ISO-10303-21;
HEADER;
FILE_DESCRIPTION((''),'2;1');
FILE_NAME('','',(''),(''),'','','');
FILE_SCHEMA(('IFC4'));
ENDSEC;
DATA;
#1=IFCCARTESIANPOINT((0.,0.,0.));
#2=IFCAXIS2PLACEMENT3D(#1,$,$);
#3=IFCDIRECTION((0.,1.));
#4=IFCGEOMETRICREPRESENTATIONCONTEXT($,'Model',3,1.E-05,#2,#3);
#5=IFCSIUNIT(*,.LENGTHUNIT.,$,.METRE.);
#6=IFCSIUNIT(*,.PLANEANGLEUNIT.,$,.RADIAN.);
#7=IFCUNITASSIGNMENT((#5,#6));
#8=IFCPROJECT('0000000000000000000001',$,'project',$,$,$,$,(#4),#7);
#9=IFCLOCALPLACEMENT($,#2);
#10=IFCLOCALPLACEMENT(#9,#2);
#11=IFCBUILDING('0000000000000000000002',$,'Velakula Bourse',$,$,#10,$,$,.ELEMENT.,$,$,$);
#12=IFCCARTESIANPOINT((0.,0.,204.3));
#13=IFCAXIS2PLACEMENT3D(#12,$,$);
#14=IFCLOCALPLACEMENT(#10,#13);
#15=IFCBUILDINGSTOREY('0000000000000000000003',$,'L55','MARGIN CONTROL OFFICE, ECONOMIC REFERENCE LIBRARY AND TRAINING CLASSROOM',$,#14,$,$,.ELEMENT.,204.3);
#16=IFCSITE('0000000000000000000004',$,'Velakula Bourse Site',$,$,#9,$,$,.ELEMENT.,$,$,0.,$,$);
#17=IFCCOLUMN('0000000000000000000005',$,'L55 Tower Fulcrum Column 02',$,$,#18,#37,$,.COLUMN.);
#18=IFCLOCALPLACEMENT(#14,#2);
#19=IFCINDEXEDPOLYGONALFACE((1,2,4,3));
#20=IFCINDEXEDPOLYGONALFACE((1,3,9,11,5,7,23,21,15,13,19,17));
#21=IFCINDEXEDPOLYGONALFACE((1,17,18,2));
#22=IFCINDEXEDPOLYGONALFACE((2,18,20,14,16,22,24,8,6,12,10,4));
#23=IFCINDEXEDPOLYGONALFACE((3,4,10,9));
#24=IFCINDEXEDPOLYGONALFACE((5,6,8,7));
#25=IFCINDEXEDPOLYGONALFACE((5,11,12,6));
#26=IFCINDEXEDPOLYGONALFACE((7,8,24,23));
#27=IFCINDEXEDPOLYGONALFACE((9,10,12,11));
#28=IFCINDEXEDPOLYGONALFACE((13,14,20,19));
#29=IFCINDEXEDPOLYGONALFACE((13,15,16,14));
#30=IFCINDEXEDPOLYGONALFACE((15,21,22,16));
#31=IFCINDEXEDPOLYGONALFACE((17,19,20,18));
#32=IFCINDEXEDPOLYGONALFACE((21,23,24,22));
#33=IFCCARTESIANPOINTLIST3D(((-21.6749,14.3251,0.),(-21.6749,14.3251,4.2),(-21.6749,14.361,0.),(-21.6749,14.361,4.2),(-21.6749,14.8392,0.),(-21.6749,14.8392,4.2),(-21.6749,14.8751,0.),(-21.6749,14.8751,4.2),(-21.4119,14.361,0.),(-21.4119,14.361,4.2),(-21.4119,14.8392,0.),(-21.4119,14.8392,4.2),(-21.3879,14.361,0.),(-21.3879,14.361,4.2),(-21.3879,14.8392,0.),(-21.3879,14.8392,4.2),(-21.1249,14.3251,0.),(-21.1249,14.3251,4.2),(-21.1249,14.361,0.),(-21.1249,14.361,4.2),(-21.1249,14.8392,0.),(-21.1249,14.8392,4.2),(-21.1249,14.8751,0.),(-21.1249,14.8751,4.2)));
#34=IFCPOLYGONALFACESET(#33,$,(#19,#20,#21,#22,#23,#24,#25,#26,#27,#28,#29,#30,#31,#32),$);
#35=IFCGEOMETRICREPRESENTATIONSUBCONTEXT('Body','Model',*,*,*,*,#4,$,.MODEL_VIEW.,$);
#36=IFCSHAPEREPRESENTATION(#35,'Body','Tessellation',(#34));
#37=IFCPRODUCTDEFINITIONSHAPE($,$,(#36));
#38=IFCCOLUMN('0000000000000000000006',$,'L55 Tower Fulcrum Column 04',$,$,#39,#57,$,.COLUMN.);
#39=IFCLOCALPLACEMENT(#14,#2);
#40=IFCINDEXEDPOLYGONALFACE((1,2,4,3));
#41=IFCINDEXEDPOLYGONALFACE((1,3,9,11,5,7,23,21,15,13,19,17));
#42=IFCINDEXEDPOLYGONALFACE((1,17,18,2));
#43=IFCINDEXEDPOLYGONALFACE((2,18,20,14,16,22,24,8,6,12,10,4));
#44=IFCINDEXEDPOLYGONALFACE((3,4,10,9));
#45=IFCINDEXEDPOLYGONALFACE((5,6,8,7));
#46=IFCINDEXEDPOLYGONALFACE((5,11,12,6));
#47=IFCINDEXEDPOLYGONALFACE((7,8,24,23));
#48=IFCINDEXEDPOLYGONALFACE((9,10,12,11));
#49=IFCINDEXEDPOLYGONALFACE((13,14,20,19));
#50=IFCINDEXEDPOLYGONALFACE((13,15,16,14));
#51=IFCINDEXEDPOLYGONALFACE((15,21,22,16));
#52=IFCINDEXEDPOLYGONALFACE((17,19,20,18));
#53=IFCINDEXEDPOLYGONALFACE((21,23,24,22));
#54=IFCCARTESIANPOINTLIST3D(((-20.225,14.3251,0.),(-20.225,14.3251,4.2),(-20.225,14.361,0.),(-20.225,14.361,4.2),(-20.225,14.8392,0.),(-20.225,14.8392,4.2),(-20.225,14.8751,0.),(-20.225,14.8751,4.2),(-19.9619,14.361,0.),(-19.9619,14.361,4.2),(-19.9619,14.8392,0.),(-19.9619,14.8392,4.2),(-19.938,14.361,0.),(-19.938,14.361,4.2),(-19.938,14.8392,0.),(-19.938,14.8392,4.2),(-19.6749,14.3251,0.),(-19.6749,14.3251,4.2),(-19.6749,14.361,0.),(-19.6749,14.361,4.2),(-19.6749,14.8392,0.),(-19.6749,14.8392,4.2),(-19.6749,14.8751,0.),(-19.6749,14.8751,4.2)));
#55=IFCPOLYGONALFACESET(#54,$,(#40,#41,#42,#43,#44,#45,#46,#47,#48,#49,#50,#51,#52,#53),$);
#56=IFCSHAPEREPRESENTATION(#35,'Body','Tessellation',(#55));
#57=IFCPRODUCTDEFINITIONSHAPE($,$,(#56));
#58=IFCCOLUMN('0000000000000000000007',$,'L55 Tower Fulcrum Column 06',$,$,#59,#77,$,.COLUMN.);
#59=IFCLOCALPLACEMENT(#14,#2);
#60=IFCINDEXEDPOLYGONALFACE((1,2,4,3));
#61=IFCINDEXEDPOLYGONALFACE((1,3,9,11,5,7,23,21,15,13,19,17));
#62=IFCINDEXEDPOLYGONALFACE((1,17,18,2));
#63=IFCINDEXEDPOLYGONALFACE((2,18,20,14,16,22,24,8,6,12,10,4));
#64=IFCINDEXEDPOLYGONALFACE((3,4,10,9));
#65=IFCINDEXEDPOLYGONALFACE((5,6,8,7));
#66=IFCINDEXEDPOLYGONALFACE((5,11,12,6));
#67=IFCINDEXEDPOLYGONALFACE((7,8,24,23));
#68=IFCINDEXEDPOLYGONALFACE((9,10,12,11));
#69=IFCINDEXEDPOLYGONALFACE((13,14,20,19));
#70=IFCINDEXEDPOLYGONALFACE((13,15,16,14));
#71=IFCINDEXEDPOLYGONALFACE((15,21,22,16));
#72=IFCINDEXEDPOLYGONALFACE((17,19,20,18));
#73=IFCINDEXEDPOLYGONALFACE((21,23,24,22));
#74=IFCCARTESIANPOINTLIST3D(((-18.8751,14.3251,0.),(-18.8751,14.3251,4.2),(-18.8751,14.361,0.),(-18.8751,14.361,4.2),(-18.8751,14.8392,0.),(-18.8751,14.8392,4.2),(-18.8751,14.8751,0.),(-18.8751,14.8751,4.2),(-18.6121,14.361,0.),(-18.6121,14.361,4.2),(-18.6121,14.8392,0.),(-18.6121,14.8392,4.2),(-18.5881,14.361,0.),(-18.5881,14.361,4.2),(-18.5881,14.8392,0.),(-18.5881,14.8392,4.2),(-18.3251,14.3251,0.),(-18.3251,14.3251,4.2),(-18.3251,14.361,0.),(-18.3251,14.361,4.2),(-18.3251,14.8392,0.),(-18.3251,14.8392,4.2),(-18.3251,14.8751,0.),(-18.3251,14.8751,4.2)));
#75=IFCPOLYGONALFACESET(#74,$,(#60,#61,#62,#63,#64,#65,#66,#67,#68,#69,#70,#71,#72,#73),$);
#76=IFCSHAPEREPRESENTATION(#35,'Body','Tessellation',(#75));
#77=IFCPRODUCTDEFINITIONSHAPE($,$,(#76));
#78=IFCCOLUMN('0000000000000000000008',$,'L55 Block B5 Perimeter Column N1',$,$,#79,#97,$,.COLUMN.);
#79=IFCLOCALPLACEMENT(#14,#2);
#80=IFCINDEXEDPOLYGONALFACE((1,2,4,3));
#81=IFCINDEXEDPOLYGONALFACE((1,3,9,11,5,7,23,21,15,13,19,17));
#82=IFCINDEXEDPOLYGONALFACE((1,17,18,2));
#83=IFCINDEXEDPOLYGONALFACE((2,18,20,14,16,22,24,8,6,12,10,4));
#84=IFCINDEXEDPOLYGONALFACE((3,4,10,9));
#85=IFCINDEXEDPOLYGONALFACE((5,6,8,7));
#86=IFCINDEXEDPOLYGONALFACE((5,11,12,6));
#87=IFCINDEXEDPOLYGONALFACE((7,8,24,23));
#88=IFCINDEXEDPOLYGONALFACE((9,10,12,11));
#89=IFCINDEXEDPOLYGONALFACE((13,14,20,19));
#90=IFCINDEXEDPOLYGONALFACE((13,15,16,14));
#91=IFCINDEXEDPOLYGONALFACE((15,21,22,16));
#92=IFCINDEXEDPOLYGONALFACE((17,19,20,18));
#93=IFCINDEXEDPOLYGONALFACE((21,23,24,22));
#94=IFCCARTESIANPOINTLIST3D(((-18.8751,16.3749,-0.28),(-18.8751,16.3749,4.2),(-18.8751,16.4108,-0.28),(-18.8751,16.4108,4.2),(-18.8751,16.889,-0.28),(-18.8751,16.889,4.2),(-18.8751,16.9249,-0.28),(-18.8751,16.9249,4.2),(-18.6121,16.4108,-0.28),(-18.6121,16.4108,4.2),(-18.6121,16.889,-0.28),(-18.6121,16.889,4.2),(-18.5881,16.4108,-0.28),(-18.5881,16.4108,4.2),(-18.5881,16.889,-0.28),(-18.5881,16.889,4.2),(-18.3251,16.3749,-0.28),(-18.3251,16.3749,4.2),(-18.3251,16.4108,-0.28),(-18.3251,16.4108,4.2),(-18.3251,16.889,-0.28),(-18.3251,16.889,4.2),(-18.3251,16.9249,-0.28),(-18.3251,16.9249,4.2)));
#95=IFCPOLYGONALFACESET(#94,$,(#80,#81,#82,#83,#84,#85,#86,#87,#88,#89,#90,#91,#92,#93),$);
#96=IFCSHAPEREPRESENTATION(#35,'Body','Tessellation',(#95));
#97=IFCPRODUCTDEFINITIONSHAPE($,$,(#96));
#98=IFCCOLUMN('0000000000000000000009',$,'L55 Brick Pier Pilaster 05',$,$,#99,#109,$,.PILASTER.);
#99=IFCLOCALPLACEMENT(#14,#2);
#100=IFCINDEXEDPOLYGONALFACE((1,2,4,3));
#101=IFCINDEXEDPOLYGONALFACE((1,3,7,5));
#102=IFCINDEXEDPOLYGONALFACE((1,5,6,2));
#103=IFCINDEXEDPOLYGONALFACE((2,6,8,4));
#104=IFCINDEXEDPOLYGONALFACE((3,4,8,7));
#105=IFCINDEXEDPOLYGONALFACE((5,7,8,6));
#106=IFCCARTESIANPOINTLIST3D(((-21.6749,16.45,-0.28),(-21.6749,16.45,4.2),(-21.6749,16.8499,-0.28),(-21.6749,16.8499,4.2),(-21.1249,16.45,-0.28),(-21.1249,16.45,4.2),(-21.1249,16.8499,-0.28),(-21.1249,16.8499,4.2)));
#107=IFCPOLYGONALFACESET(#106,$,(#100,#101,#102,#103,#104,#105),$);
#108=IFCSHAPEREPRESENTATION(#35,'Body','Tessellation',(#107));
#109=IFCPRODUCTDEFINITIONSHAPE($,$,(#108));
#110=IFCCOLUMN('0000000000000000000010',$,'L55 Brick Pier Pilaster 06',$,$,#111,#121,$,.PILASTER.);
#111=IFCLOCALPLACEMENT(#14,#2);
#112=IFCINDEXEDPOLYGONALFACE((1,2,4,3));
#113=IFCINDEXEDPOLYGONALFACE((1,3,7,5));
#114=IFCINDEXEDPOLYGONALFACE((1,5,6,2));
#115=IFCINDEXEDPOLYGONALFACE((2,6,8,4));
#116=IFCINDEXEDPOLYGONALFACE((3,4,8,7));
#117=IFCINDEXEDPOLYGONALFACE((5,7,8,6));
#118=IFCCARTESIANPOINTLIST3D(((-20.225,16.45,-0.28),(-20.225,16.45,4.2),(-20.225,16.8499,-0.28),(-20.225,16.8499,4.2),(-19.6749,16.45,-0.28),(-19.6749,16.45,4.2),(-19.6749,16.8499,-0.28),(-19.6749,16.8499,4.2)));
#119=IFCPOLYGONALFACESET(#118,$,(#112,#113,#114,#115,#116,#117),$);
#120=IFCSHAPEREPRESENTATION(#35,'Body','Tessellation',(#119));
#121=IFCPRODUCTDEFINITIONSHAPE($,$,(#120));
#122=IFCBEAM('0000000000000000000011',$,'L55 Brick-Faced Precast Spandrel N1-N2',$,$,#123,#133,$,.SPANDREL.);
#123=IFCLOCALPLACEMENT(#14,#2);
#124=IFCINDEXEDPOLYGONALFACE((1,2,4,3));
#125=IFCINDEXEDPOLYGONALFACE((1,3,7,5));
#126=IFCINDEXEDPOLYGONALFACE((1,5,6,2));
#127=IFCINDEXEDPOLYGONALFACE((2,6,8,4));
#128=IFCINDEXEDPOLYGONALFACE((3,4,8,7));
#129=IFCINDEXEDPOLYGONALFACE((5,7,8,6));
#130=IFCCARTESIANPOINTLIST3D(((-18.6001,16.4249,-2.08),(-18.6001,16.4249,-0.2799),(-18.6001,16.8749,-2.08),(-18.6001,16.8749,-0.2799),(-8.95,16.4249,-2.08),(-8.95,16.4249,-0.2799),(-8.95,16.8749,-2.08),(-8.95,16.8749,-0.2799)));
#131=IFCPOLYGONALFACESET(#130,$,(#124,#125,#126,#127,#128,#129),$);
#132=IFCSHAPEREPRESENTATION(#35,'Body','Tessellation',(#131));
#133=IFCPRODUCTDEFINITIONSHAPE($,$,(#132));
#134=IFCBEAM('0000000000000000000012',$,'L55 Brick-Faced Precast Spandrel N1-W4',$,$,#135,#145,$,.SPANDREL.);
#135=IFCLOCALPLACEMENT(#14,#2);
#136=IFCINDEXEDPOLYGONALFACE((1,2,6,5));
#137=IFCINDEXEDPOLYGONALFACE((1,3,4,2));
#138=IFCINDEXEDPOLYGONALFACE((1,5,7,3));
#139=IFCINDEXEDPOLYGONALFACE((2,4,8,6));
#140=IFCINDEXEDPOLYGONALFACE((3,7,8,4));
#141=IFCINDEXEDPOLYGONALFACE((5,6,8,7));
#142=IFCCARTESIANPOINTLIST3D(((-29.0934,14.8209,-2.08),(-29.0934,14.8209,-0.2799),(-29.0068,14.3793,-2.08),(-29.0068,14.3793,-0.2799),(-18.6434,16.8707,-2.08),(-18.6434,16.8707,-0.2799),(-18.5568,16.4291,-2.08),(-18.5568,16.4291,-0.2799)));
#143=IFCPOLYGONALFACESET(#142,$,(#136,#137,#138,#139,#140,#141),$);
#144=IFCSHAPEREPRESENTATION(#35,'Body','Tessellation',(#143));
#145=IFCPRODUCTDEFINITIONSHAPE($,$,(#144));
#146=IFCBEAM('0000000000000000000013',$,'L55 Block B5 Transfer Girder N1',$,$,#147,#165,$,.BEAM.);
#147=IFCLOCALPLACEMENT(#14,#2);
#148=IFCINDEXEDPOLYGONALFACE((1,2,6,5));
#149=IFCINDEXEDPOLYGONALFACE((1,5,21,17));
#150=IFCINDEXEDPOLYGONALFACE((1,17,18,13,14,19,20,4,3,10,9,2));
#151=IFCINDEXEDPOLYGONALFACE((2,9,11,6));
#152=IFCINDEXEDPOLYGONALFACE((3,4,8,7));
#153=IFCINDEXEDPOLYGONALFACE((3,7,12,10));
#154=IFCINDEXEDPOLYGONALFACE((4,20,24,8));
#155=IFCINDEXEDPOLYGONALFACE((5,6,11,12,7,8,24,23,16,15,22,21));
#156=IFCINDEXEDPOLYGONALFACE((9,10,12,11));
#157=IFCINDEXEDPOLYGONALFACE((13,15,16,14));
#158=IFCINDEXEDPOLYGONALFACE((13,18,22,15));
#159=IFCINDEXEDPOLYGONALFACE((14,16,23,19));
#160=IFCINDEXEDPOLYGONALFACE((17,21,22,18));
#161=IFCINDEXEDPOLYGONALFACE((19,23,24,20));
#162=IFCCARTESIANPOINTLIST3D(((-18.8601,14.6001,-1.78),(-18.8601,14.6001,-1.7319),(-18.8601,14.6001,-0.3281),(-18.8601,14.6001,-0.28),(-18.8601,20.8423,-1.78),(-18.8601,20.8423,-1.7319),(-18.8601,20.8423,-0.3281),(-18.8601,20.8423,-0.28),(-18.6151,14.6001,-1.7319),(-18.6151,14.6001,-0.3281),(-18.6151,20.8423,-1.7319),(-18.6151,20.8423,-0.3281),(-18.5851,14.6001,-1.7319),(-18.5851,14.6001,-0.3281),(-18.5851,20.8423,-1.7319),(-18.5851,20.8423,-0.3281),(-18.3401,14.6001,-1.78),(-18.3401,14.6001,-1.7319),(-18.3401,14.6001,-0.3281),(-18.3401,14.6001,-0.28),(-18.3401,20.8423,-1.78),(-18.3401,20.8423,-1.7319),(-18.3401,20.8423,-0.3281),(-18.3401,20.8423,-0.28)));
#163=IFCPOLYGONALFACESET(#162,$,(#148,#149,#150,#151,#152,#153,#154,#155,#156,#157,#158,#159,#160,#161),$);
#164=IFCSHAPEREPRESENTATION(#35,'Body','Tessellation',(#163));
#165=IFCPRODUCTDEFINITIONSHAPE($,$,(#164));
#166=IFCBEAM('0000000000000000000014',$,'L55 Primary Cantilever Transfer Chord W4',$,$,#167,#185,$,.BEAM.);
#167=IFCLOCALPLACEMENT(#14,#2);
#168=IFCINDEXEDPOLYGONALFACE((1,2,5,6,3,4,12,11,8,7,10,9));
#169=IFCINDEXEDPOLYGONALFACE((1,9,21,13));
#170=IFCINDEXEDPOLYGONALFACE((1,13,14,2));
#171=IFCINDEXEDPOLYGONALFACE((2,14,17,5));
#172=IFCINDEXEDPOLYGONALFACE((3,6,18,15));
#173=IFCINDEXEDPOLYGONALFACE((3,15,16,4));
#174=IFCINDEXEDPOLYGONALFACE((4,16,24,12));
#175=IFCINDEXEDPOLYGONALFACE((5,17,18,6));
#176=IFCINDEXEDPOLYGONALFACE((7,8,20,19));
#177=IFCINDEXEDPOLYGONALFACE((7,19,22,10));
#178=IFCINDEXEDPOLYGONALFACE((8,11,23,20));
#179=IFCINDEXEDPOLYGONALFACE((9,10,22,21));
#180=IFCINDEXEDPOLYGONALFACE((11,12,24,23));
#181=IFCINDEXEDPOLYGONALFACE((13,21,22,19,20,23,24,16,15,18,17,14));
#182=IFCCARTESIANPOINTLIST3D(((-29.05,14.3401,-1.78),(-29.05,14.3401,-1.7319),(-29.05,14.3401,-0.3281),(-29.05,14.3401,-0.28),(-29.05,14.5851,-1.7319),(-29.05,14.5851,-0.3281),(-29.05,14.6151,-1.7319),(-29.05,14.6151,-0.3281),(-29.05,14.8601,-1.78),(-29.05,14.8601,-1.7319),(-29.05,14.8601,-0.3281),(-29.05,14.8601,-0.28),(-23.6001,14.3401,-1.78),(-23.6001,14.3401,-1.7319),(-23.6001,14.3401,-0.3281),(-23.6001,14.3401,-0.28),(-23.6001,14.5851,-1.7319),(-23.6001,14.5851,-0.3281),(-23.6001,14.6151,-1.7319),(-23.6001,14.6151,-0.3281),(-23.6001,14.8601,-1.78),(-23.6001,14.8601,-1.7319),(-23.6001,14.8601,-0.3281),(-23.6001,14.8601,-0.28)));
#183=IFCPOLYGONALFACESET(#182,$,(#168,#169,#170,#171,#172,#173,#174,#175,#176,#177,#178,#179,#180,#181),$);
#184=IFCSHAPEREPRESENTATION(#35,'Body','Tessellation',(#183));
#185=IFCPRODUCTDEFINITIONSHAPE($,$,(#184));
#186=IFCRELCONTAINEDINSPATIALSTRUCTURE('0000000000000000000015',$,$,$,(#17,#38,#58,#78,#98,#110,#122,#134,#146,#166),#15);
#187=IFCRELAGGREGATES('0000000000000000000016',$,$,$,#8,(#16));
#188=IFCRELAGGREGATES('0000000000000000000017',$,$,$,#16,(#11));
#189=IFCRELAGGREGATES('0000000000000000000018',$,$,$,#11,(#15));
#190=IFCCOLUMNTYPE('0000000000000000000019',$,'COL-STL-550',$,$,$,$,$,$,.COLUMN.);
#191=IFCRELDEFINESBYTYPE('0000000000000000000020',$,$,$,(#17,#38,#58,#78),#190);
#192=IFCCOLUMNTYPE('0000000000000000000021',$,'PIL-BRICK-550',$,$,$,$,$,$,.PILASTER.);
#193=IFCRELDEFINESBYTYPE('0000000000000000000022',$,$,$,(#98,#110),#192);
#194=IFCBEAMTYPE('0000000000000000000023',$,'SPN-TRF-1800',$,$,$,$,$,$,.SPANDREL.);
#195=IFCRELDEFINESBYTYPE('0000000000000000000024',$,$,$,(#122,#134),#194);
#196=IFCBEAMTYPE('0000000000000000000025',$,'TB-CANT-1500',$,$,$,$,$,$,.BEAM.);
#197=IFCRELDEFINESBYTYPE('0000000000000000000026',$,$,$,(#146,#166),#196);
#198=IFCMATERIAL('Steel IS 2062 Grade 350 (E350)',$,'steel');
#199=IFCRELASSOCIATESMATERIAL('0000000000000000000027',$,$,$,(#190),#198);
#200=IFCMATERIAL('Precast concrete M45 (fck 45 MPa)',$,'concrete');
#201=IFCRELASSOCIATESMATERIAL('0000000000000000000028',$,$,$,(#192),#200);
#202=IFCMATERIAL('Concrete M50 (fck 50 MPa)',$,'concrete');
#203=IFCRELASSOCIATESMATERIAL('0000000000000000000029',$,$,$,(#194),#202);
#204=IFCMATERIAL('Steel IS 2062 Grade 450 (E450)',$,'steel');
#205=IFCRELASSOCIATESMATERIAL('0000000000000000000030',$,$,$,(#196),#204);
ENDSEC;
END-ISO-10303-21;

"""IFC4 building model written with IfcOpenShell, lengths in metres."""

from ifc_helpers import new_model, si_unit, direction, frame, origin, origin_2d, place, context, subcontext, project, spatial, rectangle, i_section, extrude, material, material_profile, profile_set, type_object, element, save


model = new_model("IFC4")

# Units and contexts
model_context = context("Model", 3, precision=1e-05, world=origin(), true_north=direction((0.0, 1.0)))
body_context = subcontext(model_context, "Body", "Model", "MODEL_VIEW")
ifc_project = project(units=[si_unit("LENGTHUNIT", "METRE"), si_unit("PLANEANGLEUNIT", "RADIAN")], contexts=[model_context])

# Site, building, storey
site_placement = place(None, origin())
site = spatial("IfcSite", under=ifc_project, at=site_placement, Name="Velakula Bourse Site", CompositionType="ELEMENT", RefElevation=0.0)
building_placement = place(site_placement, origin())
building = spatial("IfcBuilding", under=site, at=building_placement, Name="Velakula Bourse", CompositionType="ELEMENT")
storey_placement = place(building_placement, frame((0.0, 0.0, 204.3)))
storey = spatial("IfcBuildingStorey", under=building, at=storey_placement, Name="L55", Description="MARGIN CONTROL OFFICE, ECONOMIC REFERENCE LIBRARY AND TRAINING CLASSROOM", CompositionType="ELEMENT", Elevation=204.3)

# Columns
ifc_material_1 = material(Name="Steel IS 2062 Grade 350 (E350)", Category="steel")
ifc_material_profile_1 = material_profile(ifc_material_1, i_section(OverallWidth=0.55, OverallDepth=0.55, WebThickness=0.0239, FlangeThickness=0.0359, at=origin_2d()), Name="Steel IS 2062 Grade 350 (E350)")
ifc_profile_set_1 = profile_set([ifc_material_profile_1], Name="Steel IS 2062 Grade 350 (E350)")
column_type_1 = type_object("IfcColumnType", Name="COL-STL-550", PredefinedType="COLUMN", material=ifc_profile_set_1)
for number, where, z_axis, x_axis, name in (
    (1, (-21.3999, 14.6001, 0.0), (0.0, 0.0, 1.0), (1.0, 0.0, 0.0), "L55 Tower Fulcrum Column 02"),
    (2, (-19.95, 14.6001, 0.0), (0.0, 0.0, 1.0), (1.0, 0.0, 0.0), "L55 Tower Fulcrum Column 04"),
    (3, (-18.6001, 14.6001, 0.0), (0.0, 0.0, 1.0), (1.0, 0.0, 0.0), "L55 Tower Fulcrum Column 06"),
):
    element("IfcColumn", number, at=place(storey_placement, frame(where, z_axis=z_axis, x_axis=x_axis)), inside=storey, type_object=column_type_1, Name=name, PredefinedType="COLUMN", context=body_context, shape_type="SweptSolid", body=[
        extrude(i_section(OverallWidth=0.55, OverallDepth=0.55, WebThickness=0.0239, FlangeThickness=0.0359, at=origin_2d()), origin(), (0.0, 0.0, 1.0), 4.2),
    ])
column_placement = place(storey_placement, frame((-18.6001, 16.6499, -0.28), z_axis=(0.0, 0.0, 1.0), x_axis=(1.0, 0.0, 0.0)))
element("IfcColumn", 4, at=column_placement, inside=storey, type_object=column_type_1, Name="L55 Block B5 Perimeter Column N1", PredefinedType="COLUMN", context=body_context, shape_type="SweptSolid", body=[
    extrude(i_section(OverallWidth=0.55, OverallDepth=0.55, WebThickness=0.0239, FlangeThickness=0.0359, at=origin_2d()), origin(), (0.0, 0.0, 1.0), 4.48),
])
ifc_material_2 = material(Name="Precast concrete M45 (fck 45 MPa)", Category="concrete")
ifc_material_profile_2 = material_profile(ifc_material_2, rectangle(XDim=0.55, YDim=0.3999, at=origin_2d()), Name="Precast concrete M45 (fck 45 MPa)")
ifc_profile_set_2 = profile_set([ifc_material_profile_2], Name="Precast concrete M45 (fck 45 MPa)")
column_type_2 = type_object("IfcColumnType", Name="PIL-BRICK-550", PredefinedType="PILASTER", material=ifc_profile_set_2)
for number, where, z_axis, x_axis, name in (
    (5, (-21.3999, 16.6499, -0.28), (0.0, 0.0, 1.0), (1.0, 0.0, 0.0), "L55 Brick Pier Pilaster 05"),
    (6, (-19.95, 16.6499, -0.28), (0.0, 0.0, 1.0), (1.0, 0.0, 0.0), "L55 Brick Pier Pilaster 06"),
):
    element("IfcColumn", number, at=place(storey_placement, frame(where, z_axis=z_axis, x_axis=x_axis)), inside=storey, type_object=column_type_2, Name=name, PredefinedType="PILASTER", context=body_context, shape_type="SweptSolid", body=[
        extrude(rectangle(XDim=0.55, YDim=0.3999, at=origin_2d()), origin(), (0.0, 0.0, 1.0), 4.48),
    ])

# Beams
ifc_material_3 = material(Name="Concrete M50 (fck 50 MPa)", Category="concrete")
ifc_material_profile_3 = material_profile(ifc_material_3, rectangle(XDim=0.45, YDim=1.8, at=origin_2d()), Name="Concrete M50 (fck 50 MPa)")
ifc_profile_set_3 = profile_set([ifc_material_profile_3], Name="Concrete M50 (fck 50 MPa)")
beam_type_1 = type_object("IfcBeamType", Name="SPN-TRF-1800", PredefinedType="SPANDREL", material=ifc_profile_set_3)
beam_1_placement = place(storey_placement, frame((-18.6001, 16.6499, -1.1799), z_axis=(1.0, 0.0, 0.0), x_axis=(0.0, 1.0, 0.0)))
element("IfcBeam", 7, at=beam_1_placement, inside=storey, type_object=beam_type_1, Name="L55 Brick-Faced Precast Spandrel N1-N2", PredefinedType="SPANDREL", context=body_context, shape_type="SweptSolid", body=[
    extrude(rectangle(XDim=0.45, YDim=1.8, at=origin_2d()), origin(), (0.0, 0.0, 1.0), 9.6501),
])
beam_2_placement = place(storey_placement, frame((-18.6001, 16.6499, -1.1799), z_axis=(-0.9813, -0.192486, 0.0), x_axis=(0.192486, -0.9813, 0.0)))
element("IfcBeam", 8, at=beam_2_placement, inside=storey, type_object=beam_type_1, Name="L55 Brick-Faced Precast Spandrel N1-W4", PredefinedType="SPANDREL", context=body_context, shape_type="SweptSolid", body=[
    extrude(rectangle(XDim=0.45, YDim=1.8, at=origin_2d()), origin(), (0.0, 0.0, 1.0), 10.6492),
])
ifc_material_4 = material(Name="Steel IS 2062 Grade 450 (E450)", Category="steel")
ifc_material_profile_4 = material_profile(ifc_material_4, i_section(OverallWidth=0.52, OverallDepth=1.5, WebThickness=0.03, FlangeThickness=0.0481, at=origin_2d()), Name="Steel IS 2062 Grade 450 (E450)")
ifc_profile_set_4 = profile_set([ifc_material_profile_4], Name="Steel IS 2062 Grade 450 (E450)")
beam_type_2 = type_object("IfcBeamType", Name="TB-CANT-1500", PredefinedType="BEAM", material=ifc_profile_set_4)
beam_3_placement = place(storey_placement, frame((-18.6001, 14.6001, -1.03), z_axis=(0.0, 1.0, 0.0), x_axis=(-1.0, 0.0, 0.0)))
element("IfcBeam", 9, at=beam_3_placement, inside=storey, type_object=beam_type_2, Name="L55 Block B5 Transfer Girder N1", PredefinedType="BEAM", context=body_context, shape_type="SweptSolid", body=[
    extrude(i_section(OverallWidth=0.52, OverallDepth=1.5, WebThickness=0.03, FlangeThickness=0.0481, at=origin_2d()), origin(), (0.0, 0.0, 1.0), 6.2422),
])
beam_4_placement = place(storey_placement, frame((-23.6001, 14.6001, -1.03), z_axis=(-1.0, 0.0, 0.0), x_axis=(0.0, -1.0, 0.0)))
element("IfcBeam", 10, at=beam_4_placement, inside=storey, type_object=beam_type_2, Name="L55 Primary Cantilever Transfer Chord W4", PredefinedType="BEAM", context=body_context, shape_type="SweptSolid", body=[
    extrude(i_section(OverallWidth=0.52, OverallDepth=1.5, WebThickness=0.03, FlangeThickness=0.0481, at=origin_2d()), origin(), (0.0, 0.0, 1.0), 5.45),
])

save(model, "model.ifc")
